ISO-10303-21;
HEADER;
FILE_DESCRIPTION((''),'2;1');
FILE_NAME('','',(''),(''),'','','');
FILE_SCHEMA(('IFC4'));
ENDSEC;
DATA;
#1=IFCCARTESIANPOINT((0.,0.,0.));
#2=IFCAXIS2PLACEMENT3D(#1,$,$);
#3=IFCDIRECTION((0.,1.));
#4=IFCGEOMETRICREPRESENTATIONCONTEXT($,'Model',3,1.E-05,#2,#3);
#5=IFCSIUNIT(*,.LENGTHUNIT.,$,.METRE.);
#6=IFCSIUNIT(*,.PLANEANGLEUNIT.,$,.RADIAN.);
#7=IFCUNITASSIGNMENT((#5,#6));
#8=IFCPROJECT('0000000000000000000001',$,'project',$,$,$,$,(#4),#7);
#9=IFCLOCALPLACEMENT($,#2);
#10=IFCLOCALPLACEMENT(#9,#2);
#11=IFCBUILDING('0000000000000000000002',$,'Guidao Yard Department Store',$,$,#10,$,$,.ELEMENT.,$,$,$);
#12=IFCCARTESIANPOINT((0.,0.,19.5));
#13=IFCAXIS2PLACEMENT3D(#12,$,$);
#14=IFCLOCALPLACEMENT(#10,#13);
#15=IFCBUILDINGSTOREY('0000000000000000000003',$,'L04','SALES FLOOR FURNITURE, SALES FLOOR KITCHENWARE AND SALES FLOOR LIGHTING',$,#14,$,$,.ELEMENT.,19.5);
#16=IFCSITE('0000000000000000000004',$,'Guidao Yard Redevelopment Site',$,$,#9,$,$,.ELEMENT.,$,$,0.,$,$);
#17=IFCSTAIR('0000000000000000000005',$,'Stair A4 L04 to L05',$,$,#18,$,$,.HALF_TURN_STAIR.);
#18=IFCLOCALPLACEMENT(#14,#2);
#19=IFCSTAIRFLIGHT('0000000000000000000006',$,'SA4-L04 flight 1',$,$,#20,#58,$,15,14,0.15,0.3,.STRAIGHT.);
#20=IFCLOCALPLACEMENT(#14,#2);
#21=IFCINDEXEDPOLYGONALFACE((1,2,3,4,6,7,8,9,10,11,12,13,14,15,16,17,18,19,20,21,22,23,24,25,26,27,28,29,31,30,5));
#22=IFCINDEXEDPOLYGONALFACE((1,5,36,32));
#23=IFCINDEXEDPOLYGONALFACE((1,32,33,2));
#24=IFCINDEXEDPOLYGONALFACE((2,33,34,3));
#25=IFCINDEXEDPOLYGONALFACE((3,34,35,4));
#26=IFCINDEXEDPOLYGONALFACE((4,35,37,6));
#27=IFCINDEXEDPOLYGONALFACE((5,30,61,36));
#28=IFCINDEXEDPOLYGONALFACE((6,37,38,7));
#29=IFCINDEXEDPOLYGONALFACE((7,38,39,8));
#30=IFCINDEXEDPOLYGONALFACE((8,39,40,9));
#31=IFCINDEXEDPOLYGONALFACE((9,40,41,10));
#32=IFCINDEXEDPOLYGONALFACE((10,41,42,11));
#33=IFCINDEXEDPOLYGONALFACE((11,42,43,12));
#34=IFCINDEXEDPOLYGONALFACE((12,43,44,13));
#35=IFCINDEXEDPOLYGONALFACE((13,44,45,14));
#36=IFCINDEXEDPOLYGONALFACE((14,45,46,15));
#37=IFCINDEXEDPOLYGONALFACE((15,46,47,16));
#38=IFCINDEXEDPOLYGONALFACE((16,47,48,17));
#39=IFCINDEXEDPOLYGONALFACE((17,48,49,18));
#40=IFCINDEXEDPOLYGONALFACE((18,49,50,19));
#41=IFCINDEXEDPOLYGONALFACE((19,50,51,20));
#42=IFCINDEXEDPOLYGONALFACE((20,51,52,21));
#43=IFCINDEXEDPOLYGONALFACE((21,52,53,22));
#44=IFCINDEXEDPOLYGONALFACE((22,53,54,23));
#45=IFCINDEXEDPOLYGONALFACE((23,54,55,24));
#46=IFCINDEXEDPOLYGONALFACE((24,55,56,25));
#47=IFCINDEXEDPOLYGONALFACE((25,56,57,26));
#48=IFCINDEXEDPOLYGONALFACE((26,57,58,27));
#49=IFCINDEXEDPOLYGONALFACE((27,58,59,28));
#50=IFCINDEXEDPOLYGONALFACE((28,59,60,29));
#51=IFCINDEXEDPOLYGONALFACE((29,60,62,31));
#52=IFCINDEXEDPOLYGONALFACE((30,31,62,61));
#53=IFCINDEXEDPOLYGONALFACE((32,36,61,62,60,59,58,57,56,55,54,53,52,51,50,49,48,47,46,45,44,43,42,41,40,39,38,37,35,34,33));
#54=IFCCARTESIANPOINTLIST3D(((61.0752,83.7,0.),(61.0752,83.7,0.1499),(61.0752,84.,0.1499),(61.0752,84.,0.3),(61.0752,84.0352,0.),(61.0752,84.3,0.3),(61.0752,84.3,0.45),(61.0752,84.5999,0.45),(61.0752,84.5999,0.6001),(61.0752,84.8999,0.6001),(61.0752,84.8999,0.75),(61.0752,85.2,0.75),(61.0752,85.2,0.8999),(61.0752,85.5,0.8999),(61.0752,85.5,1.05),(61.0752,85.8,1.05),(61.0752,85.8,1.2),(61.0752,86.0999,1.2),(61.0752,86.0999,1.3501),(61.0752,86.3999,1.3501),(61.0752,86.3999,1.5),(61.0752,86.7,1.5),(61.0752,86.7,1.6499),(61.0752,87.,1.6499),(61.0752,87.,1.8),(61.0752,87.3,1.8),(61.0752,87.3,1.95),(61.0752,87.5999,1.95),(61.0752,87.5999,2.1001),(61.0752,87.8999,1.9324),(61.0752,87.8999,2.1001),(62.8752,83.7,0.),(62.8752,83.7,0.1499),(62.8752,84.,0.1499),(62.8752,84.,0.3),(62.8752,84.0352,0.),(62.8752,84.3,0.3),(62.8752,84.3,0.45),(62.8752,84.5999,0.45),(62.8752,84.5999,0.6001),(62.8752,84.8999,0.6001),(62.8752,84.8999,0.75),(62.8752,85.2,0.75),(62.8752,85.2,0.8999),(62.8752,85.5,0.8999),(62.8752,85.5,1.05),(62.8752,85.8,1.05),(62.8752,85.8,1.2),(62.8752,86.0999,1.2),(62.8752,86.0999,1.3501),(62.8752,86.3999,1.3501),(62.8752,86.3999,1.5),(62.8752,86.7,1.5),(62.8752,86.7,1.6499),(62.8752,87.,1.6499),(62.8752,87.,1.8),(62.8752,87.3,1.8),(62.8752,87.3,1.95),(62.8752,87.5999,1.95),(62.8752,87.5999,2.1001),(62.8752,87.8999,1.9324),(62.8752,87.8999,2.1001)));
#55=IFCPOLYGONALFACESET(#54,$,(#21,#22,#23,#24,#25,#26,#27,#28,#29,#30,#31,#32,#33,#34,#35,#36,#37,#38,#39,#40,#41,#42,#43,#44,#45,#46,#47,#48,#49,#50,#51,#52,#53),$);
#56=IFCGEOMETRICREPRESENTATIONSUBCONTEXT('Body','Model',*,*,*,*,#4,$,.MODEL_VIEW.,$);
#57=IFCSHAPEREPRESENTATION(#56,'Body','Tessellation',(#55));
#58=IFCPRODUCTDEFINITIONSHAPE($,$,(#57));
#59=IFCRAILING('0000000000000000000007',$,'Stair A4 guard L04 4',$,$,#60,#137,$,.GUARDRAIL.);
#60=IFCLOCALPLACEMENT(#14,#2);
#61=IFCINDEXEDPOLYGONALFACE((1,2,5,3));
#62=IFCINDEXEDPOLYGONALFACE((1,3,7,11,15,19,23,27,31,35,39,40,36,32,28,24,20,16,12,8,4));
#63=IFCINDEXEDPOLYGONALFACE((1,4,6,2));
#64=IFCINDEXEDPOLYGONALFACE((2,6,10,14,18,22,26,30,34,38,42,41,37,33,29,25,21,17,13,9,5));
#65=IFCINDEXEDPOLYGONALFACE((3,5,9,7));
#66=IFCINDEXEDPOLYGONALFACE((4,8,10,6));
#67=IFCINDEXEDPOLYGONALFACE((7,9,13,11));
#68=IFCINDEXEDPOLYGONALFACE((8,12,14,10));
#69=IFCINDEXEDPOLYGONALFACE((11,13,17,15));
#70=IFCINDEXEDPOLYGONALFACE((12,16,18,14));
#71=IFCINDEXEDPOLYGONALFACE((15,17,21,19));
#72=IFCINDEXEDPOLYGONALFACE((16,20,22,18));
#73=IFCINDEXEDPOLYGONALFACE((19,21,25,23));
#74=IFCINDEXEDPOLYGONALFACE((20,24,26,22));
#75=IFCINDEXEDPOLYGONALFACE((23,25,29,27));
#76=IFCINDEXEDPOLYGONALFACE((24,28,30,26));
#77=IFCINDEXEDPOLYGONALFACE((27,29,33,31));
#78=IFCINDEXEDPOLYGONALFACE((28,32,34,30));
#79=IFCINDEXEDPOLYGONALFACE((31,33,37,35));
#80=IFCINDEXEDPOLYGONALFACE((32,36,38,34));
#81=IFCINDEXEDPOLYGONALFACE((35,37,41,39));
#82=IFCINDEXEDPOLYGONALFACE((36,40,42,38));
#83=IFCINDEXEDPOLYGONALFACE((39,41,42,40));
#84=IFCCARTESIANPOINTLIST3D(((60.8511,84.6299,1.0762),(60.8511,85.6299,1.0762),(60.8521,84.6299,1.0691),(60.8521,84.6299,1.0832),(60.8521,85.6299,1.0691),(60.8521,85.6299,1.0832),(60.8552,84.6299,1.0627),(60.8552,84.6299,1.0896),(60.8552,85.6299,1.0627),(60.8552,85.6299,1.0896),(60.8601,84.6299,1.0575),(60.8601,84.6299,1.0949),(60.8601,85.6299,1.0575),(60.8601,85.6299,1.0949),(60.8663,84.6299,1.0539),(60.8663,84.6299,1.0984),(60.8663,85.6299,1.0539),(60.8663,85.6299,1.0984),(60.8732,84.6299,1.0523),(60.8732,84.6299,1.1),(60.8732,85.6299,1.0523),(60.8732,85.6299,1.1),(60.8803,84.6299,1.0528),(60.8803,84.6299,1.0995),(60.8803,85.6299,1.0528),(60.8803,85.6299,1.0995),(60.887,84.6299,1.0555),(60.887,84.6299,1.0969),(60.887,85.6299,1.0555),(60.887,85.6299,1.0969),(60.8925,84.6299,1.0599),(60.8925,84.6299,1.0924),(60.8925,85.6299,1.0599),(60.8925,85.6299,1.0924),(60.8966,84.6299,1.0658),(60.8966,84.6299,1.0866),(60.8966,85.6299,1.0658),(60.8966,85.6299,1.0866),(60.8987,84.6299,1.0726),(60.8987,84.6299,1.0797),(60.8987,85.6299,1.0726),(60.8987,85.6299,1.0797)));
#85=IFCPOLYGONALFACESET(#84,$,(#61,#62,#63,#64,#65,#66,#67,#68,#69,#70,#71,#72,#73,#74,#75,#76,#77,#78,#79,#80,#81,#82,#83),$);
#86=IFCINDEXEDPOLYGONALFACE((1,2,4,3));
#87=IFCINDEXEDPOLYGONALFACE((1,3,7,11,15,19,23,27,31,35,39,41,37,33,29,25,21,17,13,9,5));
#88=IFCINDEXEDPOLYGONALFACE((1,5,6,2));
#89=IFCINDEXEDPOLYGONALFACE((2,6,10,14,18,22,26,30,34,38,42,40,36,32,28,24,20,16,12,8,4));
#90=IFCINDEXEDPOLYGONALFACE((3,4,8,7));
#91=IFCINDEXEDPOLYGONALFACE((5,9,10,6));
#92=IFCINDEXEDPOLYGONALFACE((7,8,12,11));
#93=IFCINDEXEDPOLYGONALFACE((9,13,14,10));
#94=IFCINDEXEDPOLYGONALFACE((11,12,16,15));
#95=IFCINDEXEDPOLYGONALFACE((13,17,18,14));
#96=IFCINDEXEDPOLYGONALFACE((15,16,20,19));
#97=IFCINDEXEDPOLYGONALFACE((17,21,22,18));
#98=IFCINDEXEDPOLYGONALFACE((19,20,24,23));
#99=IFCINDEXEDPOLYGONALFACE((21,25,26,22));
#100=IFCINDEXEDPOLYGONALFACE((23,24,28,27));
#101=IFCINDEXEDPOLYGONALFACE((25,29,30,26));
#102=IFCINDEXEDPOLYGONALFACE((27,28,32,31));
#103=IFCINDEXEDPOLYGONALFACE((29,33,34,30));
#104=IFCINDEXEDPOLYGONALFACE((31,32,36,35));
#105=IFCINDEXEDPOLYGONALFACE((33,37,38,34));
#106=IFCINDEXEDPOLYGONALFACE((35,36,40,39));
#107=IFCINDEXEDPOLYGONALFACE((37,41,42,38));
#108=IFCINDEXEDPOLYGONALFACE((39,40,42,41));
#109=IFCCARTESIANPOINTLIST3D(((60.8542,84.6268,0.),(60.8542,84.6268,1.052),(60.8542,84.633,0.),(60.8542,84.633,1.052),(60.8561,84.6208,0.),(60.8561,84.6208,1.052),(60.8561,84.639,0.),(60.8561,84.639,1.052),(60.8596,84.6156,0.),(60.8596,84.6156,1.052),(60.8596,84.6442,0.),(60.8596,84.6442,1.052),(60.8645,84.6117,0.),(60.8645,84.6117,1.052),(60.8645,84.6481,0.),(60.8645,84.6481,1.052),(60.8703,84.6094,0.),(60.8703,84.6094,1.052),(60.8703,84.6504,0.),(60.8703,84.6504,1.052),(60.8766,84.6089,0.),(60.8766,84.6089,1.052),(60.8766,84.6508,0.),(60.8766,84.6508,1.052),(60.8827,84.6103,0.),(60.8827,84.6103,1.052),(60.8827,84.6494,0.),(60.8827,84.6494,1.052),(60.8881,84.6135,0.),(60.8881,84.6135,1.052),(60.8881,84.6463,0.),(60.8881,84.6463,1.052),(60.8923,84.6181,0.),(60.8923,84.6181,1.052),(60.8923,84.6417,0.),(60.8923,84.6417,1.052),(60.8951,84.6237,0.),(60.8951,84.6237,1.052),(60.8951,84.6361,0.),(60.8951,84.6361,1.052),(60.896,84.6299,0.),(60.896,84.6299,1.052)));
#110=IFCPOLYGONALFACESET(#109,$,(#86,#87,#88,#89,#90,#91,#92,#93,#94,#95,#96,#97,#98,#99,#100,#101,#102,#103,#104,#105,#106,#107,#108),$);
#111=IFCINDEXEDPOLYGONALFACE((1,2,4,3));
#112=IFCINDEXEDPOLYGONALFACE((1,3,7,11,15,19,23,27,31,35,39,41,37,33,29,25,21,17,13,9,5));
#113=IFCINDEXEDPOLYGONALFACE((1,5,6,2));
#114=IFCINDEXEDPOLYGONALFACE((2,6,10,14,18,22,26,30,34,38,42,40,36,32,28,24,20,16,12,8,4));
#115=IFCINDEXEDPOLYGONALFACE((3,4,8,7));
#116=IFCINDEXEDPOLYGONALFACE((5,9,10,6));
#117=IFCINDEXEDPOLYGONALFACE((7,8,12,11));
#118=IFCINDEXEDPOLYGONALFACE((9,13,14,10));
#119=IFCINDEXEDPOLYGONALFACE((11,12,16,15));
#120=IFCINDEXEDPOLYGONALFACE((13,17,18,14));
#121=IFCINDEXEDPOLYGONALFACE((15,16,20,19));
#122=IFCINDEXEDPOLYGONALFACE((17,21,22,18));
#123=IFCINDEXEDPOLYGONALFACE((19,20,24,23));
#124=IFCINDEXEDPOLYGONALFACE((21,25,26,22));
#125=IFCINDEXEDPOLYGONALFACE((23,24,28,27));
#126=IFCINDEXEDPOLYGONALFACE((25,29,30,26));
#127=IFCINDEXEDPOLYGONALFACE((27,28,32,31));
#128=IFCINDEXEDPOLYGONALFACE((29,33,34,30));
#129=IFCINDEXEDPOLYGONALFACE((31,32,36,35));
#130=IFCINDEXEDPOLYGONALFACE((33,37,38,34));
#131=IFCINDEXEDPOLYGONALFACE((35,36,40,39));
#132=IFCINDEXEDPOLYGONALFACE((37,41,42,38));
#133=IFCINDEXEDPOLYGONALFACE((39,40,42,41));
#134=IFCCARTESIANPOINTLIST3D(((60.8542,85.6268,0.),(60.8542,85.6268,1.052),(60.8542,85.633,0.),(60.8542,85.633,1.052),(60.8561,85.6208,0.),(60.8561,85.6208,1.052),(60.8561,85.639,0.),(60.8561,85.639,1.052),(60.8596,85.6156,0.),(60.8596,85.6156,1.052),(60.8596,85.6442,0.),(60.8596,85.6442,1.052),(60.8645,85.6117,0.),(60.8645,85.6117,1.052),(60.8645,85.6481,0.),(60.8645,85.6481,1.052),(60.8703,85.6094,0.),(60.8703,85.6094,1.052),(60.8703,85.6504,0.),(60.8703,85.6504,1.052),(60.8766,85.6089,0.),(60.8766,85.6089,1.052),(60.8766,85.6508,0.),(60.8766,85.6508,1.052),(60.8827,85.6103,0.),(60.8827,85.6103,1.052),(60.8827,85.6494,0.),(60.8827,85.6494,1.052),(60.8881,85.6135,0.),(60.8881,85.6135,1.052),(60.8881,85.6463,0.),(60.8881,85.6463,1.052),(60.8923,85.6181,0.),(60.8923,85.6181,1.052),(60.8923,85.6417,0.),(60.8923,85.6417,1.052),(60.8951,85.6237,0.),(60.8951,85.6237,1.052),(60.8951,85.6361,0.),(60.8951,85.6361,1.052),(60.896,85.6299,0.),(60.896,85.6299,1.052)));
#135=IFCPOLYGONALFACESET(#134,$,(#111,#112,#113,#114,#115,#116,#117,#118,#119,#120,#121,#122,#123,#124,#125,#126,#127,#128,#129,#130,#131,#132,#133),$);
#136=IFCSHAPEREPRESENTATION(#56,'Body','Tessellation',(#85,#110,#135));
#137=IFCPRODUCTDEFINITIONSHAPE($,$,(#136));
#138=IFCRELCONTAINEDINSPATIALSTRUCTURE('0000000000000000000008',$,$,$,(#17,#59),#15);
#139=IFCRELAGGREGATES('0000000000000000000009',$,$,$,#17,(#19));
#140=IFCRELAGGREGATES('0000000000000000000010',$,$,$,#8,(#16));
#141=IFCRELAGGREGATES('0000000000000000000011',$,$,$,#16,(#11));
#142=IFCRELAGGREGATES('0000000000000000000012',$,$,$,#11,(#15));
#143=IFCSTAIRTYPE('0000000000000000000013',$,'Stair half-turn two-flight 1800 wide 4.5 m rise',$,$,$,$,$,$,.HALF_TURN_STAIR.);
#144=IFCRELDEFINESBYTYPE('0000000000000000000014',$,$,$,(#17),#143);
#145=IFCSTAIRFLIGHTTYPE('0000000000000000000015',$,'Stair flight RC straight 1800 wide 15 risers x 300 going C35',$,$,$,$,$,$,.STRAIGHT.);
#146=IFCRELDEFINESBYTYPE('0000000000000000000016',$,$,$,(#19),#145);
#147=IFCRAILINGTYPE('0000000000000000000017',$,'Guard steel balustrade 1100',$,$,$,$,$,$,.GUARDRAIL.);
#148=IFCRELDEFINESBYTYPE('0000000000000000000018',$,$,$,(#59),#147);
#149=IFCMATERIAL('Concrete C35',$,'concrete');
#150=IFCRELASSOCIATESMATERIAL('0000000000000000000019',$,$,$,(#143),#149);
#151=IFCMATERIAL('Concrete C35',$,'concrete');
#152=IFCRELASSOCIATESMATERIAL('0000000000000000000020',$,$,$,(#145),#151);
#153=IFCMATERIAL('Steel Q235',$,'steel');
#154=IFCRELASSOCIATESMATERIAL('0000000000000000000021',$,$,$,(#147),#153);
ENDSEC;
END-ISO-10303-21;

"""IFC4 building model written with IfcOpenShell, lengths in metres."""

from ifc_helpers import new_model, si_unit, direction, frame, origin, origin_2d, place, context, subcontext, project, spatial, polyline, circle, outline, extrude, material, type_object, element, aggregate, save


model = new_model("IFC4")

# Units and contexts
model_context = context("Model", 3, precision=1e-05, world=origin(), true_north=direction((0.0, 1.0)))
body_context = subcontext(model_context, "Body", "Model", "MODEL_VIEW")
ifc_project = project(units=[si_unit("LENGTHUNIT", "METRE"), si_unit("PLANEANGLEUNIT", "RADIAN")], contexts=[model_context])

# Site, building, storey
site_placement = place(None, origin())
site = spatial("IfcSite", under=ifc_project, at=site_placement, Name="Guidao Yard Redevelopment Site", CompositionType="ELEMENT", RefElevation=0.0)
building_placement = place(site_placement, origin())
building = spatial("IfcBuilding", under=site, at=building_placement, Name="Guidao Yard Department Store", CompositionType="ELEMENT")
storey_placement = place(building_placement, frame((0.0, 0.0, 19.5)))
storey = spatial("IfcBuildingStorey", under=building, at=storey_placement, Name="L04", Description="SALES FLOOR FURNITURE, SALES FLOOR KITCHENWARE AND SALES FLOOR LIGHTING", CompositionType="ELEMENT", Elevation=19.5)

# Stair, stair flight
ifc_material_1 = material(Name="Concrete C35", Category="concrete")
stair_type = type_object("IfcStairType", Name="Stair half-turn two-flight 1800 wide 4.5 m rise", PredefinedType="HALF_TURN_STAIR", material=ifc_material_1)
stair_placement = place(storey_placement, origin())
stair = element("IfcStair", 1, at=stair_placement, inside=storey, type_object=stair_type, Name="Stair A4 L04 to L05", PredefinedType="HALF_TURN_STAIR")
ifc_material_2 = material(Name="Concrete C35", Category="concrete")
stair_flight_type = type_object("IfcStairFlightType", Name="Stair flight RC straight 1800 wide 15 risers x 300 going C35", PredefinedType="STRAIGHT", material=ifc_material_2)
stair_flight_placement = place(storey_placement, frame((61.9751, 83.7, 0.0), z_axis=(0.0, 0.0, 1.0), x_axis=(0.0, 1.0, 0.0)))
stair_flight = element("IfcStairFlight", 2, at=stair_flight_placement, type_object=stair_flight_type, Name="SA4-L04 flight 1", NumberOfRisers=15, NumberOfTreads=14, PredefinedType="STRAIGHT", RiserHeight=0.15, TreadLength=0.3, context=body_context, shape_type="SweptSolid", body=[
    extrude(outline(polyline([(0.0, 0.0), (0.0, 0.1499), (0.3, 0.1499), (0.3, 0.3), (0.6001, 0.3), (0.6001, 0.45), (0.8999, 0.45), (0.8999, 0.6001), (1.2, 0.6001), (1.2, 0.75), (1.5, 0.75), (1.5, 0.8999), (1.8, 0.8999), (1.8, 1.05), (2.1001, 1.05), (2.1001, 1.2), (2.3999, 1.2), (2.3999, 1.3501), (2.7, 1.3501), (2.7, 1.5), (3.0, 1.5), (3.0, 1.6499), (3.3, 1.6499), (3.3, 1.8), (3.6001, 1.8), (3.6001, 1.95), (3.8999, 1.95), (3.8999, 2.1001), (4.2, 2.1001), (4.2, 2.25), (4.2, 1.9324), (0.3352, 0.0), (0.0, 0.0)])), frame((0.0, 0.8999, 0.0), z_axis=(0.0, -1.0, 0.0), x_axis=(1.0, 0.0, 0.0)), (0.0, 0.0, 1.0), 1.8),
])
aggregate(stair, [stair_flight])

# Railing
ifc_material_3 = material(Name="Steel Q235", Category="steel")
railing_type_1 = type_object("IfcRailingType", Name="Guard steel balustrade 1100", PredefinedType="GUARDRAIL", material=ifc_material_3)
railing_1_placement = place(storey_placement, frame((60.875, 84.6299, 0.0)))
element("IfcRailing", 3, at=railing_1_placement, inside=storey, type_object=railing_type_1, Name="Stair A4 guard L04 4", PredefinedType="GUARDRAIL", context=body_context, shape_type="SweptSolid", body=[
    extrude(circle(Radius=0.0239, at=origin_2d()), frame((0.0, 0.0, 1.0762), z_axis=(0.0, 1.0, 0.0), x_axis=(-1.0, 0.0, 0.0)), (0.0, 0.0, 1.0), 1.0),
    extrude(circle(Radius=0.021, at=origin_2d()), origin(), (0.0, 0.0, 1.0), 1.052),
    extrude(circle(Radius=0.021, at=origin_2d()), frame((0.0, 1.0, 0.0)), (0.0, 0.0, 1.0), 1.052),
])

save(model, "model.ifc")
